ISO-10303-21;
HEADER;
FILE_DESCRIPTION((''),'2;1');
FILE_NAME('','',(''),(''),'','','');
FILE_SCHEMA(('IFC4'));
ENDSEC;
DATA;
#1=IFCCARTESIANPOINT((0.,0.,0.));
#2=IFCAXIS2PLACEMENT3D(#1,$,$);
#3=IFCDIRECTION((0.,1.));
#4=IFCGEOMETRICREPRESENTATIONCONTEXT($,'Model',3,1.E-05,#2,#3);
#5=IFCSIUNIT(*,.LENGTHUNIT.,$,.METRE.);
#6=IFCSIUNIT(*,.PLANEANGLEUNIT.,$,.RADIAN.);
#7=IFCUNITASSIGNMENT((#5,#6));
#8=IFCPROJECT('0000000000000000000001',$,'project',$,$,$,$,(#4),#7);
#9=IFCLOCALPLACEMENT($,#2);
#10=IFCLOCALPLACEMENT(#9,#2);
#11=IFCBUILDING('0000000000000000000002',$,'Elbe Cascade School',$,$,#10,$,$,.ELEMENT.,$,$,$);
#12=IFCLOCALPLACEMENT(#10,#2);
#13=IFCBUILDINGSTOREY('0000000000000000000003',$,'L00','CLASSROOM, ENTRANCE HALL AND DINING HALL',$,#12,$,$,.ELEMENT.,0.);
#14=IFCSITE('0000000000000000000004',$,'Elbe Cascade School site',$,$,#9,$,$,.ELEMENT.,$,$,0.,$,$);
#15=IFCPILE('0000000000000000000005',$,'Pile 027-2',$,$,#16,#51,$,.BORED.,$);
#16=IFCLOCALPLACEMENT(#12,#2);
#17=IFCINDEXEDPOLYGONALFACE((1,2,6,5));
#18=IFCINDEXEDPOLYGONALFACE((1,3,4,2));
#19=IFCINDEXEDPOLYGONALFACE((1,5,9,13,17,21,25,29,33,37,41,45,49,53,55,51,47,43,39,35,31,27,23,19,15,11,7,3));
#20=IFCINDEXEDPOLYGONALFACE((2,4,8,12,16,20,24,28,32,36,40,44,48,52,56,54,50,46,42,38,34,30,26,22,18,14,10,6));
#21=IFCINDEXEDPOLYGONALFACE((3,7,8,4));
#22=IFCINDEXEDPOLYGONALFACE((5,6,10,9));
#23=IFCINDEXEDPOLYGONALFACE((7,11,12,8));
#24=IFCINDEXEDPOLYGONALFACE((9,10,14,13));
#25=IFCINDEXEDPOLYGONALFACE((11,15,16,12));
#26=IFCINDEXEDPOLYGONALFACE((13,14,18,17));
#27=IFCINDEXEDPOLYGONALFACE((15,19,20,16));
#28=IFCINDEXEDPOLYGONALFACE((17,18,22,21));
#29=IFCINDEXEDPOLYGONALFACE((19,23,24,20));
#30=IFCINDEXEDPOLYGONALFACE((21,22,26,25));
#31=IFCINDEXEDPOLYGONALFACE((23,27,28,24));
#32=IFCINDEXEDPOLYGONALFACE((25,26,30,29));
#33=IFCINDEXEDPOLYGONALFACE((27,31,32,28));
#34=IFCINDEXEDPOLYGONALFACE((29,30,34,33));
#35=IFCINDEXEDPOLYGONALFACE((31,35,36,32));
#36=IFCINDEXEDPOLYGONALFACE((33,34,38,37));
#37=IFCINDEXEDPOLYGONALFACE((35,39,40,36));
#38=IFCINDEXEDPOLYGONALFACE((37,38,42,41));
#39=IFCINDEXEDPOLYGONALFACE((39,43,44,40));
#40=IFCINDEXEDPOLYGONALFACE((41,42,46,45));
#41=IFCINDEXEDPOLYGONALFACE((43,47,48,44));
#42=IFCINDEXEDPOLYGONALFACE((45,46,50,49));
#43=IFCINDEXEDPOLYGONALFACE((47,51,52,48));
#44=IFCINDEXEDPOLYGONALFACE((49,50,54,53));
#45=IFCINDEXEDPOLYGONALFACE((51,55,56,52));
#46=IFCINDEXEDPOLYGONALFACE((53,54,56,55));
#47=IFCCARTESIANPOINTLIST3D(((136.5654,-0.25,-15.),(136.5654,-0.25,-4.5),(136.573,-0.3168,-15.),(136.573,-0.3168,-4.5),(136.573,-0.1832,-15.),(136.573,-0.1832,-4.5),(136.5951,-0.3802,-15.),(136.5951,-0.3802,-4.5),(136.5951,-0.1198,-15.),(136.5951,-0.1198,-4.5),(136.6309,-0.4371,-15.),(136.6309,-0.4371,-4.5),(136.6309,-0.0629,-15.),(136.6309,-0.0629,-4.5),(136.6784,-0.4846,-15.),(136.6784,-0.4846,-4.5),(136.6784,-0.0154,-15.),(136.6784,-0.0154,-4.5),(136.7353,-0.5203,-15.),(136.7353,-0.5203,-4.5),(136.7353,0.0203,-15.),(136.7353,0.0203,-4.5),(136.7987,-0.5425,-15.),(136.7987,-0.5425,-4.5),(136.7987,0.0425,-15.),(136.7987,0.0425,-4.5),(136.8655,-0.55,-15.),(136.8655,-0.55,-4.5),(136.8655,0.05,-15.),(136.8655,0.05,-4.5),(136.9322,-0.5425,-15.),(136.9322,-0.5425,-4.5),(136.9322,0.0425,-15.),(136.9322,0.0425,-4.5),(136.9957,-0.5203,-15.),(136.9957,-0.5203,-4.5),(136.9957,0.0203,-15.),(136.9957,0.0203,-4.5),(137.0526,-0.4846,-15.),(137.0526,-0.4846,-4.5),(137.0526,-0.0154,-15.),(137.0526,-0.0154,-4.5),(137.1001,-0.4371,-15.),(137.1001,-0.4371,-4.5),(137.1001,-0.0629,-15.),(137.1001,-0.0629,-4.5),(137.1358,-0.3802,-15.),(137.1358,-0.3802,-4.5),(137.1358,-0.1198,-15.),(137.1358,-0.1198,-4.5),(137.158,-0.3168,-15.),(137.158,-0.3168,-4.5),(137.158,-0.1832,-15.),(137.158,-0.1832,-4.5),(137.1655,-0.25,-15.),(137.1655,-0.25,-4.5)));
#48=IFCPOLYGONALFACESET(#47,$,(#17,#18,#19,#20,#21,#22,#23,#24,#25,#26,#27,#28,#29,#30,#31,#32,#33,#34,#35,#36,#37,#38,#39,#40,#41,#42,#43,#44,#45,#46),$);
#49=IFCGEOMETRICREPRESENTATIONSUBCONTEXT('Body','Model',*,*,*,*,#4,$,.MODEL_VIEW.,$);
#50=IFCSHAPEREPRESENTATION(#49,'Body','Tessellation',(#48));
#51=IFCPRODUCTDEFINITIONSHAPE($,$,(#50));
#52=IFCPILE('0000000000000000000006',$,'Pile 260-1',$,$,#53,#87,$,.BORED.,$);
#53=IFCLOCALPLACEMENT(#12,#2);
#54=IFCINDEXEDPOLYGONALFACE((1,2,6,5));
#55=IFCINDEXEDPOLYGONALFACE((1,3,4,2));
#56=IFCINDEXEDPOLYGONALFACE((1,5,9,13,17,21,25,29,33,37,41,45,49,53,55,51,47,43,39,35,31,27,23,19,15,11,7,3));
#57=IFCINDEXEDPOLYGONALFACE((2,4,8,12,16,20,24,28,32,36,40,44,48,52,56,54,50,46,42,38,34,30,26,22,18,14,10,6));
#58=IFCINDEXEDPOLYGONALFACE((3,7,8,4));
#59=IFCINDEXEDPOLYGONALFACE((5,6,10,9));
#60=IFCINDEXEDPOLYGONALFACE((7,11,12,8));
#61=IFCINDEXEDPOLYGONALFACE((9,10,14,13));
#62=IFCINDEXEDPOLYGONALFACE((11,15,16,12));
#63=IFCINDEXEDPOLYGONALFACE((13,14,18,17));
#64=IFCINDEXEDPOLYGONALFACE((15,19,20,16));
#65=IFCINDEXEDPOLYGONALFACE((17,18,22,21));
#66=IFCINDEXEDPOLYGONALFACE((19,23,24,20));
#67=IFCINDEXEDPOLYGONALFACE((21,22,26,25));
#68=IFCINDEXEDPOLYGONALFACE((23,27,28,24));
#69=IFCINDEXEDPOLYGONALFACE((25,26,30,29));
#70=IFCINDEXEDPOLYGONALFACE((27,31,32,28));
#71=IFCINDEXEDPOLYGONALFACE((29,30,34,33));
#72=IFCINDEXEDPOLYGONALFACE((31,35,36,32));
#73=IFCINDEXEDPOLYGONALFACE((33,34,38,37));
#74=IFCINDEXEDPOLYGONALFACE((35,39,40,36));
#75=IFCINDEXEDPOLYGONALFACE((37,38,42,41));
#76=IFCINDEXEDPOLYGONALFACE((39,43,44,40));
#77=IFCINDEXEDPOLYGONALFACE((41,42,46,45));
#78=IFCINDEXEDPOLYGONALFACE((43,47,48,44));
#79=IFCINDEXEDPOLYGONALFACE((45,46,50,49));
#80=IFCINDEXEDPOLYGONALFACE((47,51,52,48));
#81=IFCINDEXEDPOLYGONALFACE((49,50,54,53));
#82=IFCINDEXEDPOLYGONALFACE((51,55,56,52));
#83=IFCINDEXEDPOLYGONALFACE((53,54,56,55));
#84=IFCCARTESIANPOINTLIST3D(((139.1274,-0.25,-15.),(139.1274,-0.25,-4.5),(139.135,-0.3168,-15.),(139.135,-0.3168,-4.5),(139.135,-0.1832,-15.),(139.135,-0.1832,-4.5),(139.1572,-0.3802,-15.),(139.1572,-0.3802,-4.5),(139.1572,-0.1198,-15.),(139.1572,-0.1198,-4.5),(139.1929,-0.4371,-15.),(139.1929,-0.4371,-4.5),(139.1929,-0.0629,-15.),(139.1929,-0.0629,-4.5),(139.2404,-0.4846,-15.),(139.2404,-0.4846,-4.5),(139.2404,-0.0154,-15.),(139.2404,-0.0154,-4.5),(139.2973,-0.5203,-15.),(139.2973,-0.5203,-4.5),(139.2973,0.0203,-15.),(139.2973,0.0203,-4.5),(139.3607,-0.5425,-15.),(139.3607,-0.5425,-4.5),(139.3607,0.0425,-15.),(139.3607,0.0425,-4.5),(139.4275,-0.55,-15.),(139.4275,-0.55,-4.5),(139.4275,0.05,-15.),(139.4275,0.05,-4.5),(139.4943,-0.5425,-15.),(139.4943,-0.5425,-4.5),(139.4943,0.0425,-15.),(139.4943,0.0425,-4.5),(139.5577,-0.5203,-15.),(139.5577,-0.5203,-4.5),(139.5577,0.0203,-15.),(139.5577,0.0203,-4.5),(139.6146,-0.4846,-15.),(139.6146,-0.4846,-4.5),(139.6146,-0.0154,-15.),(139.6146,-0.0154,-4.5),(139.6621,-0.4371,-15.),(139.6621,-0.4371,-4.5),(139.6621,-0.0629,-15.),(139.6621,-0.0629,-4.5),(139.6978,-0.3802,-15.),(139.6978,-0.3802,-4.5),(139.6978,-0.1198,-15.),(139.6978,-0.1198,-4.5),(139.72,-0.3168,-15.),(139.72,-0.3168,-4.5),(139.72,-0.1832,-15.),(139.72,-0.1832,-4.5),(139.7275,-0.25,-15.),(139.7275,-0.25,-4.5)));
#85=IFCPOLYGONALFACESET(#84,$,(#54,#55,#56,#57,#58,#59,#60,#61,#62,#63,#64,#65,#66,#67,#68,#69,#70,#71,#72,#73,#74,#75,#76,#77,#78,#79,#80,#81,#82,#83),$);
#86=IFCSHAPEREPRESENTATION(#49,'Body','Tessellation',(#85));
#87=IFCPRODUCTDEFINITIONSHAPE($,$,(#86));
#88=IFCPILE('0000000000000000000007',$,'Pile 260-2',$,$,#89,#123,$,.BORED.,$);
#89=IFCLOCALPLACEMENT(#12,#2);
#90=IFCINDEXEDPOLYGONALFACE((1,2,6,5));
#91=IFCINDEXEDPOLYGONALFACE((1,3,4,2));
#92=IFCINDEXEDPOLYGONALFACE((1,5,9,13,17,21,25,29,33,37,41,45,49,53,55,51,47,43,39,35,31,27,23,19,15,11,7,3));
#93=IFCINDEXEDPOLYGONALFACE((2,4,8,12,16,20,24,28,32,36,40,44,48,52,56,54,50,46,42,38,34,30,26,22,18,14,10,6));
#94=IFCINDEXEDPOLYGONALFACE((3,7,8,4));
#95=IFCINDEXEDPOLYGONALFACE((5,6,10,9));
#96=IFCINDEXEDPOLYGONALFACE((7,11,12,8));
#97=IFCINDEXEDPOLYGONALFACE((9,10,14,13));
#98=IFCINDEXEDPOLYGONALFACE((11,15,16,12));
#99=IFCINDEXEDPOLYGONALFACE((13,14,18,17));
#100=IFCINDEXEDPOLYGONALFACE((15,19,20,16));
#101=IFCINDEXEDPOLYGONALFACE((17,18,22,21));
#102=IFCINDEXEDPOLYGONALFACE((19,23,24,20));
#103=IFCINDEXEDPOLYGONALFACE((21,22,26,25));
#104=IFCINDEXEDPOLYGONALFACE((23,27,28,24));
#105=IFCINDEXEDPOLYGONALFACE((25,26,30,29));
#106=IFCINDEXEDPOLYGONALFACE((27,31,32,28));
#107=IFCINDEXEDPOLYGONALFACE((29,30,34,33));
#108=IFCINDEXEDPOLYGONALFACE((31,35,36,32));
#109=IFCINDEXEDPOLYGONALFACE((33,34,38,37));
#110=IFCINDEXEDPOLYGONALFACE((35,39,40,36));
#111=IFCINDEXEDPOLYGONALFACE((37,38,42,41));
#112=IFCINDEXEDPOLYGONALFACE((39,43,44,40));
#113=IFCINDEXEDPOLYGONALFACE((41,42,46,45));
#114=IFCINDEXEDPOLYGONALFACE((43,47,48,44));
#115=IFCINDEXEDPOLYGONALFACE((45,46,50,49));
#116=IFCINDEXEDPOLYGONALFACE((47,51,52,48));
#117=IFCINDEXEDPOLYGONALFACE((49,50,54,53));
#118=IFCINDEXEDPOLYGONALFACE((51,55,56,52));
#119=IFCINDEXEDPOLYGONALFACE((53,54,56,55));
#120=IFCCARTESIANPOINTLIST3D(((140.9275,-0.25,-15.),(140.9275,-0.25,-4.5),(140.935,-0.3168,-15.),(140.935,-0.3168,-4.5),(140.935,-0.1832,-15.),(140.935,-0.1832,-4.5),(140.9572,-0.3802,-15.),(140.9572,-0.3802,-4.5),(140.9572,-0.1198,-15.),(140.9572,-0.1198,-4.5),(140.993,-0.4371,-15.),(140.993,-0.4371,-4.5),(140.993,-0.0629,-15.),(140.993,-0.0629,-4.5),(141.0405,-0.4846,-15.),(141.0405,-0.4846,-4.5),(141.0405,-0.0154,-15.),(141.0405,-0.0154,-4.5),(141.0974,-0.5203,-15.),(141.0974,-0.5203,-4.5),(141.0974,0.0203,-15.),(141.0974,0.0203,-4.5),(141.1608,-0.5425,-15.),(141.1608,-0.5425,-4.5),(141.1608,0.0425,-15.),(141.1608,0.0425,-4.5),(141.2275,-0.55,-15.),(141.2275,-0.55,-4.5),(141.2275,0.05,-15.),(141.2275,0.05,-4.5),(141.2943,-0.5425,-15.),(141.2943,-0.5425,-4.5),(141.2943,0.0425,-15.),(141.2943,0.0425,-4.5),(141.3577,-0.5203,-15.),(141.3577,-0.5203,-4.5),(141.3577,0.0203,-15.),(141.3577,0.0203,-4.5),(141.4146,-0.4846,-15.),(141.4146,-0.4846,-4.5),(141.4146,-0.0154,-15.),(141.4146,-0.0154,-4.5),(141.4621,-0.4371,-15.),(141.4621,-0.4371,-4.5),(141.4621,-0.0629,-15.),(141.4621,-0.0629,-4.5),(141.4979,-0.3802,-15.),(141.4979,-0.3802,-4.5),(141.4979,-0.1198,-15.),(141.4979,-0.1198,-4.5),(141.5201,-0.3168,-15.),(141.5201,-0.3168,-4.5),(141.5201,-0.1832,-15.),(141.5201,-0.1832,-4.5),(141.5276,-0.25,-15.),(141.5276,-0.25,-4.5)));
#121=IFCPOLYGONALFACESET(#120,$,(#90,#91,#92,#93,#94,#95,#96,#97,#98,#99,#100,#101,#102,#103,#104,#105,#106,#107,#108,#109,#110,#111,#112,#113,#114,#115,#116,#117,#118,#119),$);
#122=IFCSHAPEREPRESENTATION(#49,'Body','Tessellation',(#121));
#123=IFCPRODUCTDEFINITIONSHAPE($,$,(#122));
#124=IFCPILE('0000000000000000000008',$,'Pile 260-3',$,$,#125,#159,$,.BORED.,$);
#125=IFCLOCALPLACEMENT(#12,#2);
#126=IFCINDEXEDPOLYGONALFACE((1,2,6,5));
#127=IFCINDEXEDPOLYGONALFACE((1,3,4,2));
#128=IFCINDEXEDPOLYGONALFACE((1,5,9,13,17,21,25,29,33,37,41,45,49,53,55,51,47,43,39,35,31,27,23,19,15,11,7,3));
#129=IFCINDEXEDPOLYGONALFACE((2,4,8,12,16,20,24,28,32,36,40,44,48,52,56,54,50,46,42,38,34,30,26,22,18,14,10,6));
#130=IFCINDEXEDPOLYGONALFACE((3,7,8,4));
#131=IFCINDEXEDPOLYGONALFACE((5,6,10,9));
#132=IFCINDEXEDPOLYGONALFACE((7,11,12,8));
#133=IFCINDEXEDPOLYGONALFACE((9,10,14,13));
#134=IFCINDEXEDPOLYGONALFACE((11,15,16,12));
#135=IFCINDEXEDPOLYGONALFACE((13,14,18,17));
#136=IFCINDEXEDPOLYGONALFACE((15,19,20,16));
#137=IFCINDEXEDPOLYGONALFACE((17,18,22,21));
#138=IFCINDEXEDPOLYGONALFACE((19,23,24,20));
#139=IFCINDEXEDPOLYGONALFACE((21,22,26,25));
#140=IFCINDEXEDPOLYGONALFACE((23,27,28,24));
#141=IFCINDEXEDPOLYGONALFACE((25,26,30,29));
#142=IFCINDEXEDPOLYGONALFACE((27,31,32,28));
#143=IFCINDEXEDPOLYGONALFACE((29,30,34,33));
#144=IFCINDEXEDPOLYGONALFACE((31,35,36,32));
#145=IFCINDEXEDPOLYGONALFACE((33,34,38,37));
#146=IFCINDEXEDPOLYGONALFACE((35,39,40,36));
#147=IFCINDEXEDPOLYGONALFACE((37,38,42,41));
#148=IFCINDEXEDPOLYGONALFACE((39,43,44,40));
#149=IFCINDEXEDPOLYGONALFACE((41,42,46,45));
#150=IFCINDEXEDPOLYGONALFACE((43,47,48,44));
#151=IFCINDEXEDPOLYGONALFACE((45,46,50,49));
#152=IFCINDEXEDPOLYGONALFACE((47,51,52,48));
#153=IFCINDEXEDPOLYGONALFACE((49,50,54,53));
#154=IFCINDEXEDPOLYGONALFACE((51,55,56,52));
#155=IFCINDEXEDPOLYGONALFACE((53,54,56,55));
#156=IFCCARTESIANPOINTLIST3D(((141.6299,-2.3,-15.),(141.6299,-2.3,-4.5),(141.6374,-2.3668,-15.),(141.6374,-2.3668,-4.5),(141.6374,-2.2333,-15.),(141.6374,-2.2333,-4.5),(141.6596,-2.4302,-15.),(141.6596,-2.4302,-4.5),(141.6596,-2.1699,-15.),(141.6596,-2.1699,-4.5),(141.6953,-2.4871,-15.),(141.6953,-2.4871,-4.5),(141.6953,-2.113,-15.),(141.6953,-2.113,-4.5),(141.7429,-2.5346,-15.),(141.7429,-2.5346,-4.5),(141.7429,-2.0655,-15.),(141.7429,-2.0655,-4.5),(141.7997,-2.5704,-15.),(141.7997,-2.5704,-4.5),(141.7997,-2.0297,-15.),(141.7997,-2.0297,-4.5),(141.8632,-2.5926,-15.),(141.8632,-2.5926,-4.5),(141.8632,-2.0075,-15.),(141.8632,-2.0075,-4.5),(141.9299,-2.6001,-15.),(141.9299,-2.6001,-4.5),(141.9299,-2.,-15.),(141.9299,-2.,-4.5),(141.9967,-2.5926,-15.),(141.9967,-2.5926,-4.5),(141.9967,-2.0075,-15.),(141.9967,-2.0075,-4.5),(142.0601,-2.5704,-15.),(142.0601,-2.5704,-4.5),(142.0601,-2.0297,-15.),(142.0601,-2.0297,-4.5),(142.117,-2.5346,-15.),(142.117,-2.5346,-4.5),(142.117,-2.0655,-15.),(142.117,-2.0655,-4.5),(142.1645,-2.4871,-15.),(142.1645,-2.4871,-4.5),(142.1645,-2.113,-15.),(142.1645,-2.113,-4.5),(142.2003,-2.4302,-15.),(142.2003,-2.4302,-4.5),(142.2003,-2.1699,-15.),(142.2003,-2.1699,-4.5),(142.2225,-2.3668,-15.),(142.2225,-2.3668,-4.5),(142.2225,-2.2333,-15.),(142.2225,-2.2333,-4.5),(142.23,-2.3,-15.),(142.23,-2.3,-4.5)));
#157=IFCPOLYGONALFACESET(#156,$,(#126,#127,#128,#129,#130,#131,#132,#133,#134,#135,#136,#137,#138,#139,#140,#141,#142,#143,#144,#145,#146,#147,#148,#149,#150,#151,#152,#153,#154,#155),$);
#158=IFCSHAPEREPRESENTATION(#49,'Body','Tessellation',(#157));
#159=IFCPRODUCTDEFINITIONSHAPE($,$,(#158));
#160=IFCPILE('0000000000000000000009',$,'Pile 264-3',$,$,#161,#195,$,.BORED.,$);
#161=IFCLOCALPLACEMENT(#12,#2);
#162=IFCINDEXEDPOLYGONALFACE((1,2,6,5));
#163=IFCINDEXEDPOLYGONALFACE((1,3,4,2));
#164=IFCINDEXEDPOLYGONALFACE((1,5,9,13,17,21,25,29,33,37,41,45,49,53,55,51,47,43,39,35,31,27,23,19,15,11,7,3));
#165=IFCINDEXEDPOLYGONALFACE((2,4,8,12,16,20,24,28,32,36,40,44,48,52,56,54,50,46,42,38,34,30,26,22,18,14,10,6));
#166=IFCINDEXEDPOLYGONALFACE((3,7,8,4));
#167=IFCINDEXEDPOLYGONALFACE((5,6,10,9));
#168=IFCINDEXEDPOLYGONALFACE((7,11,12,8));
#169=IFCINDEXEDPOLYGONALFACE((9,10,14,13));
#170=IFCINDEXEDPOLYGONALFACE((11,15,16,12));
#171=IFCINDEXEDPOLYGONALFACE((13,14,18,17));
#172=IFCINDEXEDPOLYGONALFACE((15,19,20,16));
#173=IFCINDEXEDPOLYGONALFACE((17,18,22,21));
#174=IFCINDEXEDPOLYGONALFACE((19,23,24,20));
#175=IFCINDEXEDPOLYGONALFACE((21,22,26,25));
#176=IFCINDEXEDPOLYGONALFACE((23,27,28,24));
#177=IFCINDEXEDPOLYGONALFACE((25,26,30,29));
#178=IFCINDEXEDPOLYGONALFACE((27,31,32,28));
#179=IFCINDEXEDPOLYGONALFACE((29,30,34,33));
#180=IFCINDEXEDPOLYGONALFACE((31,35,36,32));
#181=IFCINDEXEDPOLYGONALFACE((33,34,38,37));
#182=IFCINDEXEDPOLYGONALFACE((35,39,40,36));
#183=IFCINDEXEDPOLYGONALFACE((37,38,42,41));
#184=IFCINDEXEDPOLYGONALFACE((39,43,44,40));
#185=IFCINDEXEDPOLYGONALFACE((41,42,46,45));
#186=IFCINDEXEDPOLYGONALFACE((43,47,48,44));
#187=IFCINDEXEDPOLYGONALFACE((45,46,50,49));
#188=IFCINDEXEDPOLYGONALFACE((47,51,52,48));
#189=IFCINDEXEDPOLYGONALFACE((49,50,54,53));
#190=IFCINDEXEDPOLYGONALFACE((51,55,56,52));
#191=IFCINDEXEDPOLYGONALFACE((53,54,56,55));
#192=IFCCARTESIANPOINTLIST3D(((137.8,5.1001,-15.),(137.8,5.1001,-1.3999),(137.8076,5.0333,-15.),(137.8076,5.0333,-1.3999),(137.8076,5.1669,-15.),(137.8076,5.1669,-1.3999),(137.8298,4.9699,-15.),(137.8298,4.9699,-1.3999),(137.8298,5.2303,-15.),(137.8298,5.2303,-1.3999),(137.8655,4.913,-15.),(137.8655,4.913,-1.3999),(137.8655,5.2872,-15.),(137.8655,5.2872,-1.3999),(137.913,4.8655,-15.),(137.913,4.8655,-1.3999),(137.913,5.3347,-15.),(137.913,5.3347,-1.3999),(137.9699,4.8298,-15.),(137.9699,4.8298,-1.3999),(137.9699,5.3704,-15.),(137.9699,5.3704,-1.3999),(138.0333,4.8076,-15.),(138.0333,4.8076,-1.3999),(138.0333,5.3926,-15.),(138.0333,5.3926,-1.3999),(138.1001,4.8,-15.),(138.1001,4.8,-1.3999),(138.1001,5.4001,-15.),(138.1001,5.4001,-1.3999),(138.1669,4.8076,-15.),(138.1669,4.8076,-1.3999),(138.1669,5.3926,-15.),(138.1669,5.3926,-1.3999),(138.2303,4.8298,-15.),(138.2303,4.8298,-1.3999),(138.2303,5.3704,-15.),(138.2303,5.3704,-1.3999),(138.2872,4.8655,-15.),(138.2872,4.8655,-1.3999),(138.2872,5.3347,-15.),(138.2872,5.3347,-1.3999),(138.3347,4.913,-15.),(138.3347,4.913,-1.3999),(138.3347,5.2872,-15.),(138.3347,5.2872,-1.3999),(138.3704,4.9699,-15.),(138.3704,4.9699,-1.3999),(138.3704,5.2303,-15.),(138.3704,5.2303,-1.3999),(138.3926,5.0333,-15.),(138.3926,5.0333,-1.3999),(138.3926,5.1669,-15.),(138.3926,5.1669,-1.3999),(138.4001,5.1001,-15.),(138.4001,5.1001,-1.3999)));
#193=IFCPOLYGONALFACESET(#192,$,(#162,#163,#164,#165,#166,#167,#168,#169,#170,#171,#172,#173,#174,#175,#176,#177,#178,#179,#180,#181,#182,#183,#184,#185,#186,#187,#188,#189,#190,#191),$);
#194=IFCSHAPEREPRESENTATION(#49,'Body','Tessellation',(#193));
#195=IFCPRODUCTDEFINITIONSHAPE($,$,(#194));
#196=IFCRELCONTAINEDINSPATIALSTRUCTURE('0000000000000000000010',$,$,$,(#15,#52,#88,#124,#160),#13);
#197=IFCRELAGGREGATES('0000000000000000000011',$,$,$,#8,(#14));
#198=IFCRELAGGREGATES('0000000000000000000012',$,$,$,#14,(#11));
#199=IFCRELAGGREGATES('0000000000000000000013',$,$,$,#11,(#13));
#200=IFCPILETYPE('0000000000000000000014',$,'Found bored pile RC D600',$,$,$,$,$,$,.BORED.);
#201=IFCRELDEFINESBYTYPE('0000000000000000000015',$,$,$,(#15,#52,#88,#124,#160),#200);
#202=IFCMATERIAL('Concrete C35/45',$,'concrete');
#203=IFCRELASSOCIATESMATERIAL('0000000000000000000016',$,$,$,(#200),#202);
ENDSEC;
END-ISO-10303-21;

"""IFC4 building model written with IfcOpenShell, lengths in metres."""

from ifc_helpers import new_model, si_unit, direction, frame, origin, origin_2d, place, context, subcontext, project, spatial, circle, extrude, material, material_profile, profile_set, type_object, element, save


model = new_model("IFC4")

# Units and contexts
model_context = context("Model", 3, precision=1e-05, world=origin(), true_north=direction((0.0, 1.0)))
body_context = subcontext(model_context, "Body", "Model", "MODEL_VIEW")
ifc_project = project(units=[si_unit("LENGTHUNIT", "METRE"), si_unit("PLANEANGLEUNIT", "RADIAN")], contexts=[model_context])

# Site, building, storey
site_placement = place(None, origin())
site = spatial("IfcSite", under=ifc_project, at=site_placement, Name="Elbe Cascade School site", CompositionType="ELEMENT", RefElevation=0.0)
building_placement = place(site_placement, origin())
building = spatial("IfcBuilding", under=site, at=building_placement, Name="Elbe Cascade School", CompositionType="ELEMENT")
storey_placement = place(building_placement, origin())
storey = spatial("IfcBuildingStorey", under=building, at=storey_placement, Name="L00", Description="CLASSROOM, ENTRANCE HALL AND DINING HALL", CompositionType="ELEMENT", Elevation=0.0)

# Piles
ifc_material_1 = material(Name="Concrete C35/45", Category="concrete")
ifc_material_profile_1 = material_profile(ifc_material_1, circle(Radius=0.3, at=origin_2d()), Name="RC D600")
ifc_profile_set_1 = profile_set([ifc_material_profile_1], Name="Concrete C35/45")
pile_type = type_object("IfcPileType", Name="Found bored pile RC D600", PredefinedType="BORED", material=ifc_profile_set_1)
for number, where, z_axis, x_axis, name in (
    (1, (136.8655, -0.25, -4.5), (0.0, 0.0, -1.0), (1.0, 0.0, 0.0), "Pile 027-2"),
    (2, (139.4275, -0.25, -4.5), (0.0, 0.0, -1.0), (1.0, 0.0, 0.0), "Pile 260-1"),
    (3, (141.2275, -0.25, -4.5), (0.0, 0.0, -1.0), (1.0, 0.0, 0.0), "Pile 260-2"),
    (4, (141.9299, -2.3, -4.5), (0.0, 0.0, -1.0), (1.0, 0.0, 0.0), "Pile 260-3"),
):
    element("IfcPile", number, at=place(storey_placement, frame(where, z_axis=z_axis, x_axis=x_axis)), inside=storey, type_object=pile_type, Name=name, PredefinedType="BORED", context=body_context, shape_type="SweptSolid", body=[
        extrude(circle(Radius=0.3, at=origin_2d()), origin(), (0.0, 0.0, 1.0), 10.5),
    ])
for number, where, z_axis, x_axis, name in (
    (5, (138.1001, 5.1001, -1.3999), (0.0, 0.0, -1.0), (1.0, 0.0, 0.0), "Pile 264-3"),
):
    element("IfcPile", number, at=place(storey_placement, frame(where, z_axis=z_axis, x_axis=x_axis)), inside=storey, type_object=pile_type, Name=name, PredefinedType="BORED", context=body_context, shape_type="SweptSolid", body=[
        extrude(circle(Radius=0.3, at=origin_2d()), origin(), (0.0, 0.0, 1.0), 13.6001),
    ])

save(model, "model.ifc")
